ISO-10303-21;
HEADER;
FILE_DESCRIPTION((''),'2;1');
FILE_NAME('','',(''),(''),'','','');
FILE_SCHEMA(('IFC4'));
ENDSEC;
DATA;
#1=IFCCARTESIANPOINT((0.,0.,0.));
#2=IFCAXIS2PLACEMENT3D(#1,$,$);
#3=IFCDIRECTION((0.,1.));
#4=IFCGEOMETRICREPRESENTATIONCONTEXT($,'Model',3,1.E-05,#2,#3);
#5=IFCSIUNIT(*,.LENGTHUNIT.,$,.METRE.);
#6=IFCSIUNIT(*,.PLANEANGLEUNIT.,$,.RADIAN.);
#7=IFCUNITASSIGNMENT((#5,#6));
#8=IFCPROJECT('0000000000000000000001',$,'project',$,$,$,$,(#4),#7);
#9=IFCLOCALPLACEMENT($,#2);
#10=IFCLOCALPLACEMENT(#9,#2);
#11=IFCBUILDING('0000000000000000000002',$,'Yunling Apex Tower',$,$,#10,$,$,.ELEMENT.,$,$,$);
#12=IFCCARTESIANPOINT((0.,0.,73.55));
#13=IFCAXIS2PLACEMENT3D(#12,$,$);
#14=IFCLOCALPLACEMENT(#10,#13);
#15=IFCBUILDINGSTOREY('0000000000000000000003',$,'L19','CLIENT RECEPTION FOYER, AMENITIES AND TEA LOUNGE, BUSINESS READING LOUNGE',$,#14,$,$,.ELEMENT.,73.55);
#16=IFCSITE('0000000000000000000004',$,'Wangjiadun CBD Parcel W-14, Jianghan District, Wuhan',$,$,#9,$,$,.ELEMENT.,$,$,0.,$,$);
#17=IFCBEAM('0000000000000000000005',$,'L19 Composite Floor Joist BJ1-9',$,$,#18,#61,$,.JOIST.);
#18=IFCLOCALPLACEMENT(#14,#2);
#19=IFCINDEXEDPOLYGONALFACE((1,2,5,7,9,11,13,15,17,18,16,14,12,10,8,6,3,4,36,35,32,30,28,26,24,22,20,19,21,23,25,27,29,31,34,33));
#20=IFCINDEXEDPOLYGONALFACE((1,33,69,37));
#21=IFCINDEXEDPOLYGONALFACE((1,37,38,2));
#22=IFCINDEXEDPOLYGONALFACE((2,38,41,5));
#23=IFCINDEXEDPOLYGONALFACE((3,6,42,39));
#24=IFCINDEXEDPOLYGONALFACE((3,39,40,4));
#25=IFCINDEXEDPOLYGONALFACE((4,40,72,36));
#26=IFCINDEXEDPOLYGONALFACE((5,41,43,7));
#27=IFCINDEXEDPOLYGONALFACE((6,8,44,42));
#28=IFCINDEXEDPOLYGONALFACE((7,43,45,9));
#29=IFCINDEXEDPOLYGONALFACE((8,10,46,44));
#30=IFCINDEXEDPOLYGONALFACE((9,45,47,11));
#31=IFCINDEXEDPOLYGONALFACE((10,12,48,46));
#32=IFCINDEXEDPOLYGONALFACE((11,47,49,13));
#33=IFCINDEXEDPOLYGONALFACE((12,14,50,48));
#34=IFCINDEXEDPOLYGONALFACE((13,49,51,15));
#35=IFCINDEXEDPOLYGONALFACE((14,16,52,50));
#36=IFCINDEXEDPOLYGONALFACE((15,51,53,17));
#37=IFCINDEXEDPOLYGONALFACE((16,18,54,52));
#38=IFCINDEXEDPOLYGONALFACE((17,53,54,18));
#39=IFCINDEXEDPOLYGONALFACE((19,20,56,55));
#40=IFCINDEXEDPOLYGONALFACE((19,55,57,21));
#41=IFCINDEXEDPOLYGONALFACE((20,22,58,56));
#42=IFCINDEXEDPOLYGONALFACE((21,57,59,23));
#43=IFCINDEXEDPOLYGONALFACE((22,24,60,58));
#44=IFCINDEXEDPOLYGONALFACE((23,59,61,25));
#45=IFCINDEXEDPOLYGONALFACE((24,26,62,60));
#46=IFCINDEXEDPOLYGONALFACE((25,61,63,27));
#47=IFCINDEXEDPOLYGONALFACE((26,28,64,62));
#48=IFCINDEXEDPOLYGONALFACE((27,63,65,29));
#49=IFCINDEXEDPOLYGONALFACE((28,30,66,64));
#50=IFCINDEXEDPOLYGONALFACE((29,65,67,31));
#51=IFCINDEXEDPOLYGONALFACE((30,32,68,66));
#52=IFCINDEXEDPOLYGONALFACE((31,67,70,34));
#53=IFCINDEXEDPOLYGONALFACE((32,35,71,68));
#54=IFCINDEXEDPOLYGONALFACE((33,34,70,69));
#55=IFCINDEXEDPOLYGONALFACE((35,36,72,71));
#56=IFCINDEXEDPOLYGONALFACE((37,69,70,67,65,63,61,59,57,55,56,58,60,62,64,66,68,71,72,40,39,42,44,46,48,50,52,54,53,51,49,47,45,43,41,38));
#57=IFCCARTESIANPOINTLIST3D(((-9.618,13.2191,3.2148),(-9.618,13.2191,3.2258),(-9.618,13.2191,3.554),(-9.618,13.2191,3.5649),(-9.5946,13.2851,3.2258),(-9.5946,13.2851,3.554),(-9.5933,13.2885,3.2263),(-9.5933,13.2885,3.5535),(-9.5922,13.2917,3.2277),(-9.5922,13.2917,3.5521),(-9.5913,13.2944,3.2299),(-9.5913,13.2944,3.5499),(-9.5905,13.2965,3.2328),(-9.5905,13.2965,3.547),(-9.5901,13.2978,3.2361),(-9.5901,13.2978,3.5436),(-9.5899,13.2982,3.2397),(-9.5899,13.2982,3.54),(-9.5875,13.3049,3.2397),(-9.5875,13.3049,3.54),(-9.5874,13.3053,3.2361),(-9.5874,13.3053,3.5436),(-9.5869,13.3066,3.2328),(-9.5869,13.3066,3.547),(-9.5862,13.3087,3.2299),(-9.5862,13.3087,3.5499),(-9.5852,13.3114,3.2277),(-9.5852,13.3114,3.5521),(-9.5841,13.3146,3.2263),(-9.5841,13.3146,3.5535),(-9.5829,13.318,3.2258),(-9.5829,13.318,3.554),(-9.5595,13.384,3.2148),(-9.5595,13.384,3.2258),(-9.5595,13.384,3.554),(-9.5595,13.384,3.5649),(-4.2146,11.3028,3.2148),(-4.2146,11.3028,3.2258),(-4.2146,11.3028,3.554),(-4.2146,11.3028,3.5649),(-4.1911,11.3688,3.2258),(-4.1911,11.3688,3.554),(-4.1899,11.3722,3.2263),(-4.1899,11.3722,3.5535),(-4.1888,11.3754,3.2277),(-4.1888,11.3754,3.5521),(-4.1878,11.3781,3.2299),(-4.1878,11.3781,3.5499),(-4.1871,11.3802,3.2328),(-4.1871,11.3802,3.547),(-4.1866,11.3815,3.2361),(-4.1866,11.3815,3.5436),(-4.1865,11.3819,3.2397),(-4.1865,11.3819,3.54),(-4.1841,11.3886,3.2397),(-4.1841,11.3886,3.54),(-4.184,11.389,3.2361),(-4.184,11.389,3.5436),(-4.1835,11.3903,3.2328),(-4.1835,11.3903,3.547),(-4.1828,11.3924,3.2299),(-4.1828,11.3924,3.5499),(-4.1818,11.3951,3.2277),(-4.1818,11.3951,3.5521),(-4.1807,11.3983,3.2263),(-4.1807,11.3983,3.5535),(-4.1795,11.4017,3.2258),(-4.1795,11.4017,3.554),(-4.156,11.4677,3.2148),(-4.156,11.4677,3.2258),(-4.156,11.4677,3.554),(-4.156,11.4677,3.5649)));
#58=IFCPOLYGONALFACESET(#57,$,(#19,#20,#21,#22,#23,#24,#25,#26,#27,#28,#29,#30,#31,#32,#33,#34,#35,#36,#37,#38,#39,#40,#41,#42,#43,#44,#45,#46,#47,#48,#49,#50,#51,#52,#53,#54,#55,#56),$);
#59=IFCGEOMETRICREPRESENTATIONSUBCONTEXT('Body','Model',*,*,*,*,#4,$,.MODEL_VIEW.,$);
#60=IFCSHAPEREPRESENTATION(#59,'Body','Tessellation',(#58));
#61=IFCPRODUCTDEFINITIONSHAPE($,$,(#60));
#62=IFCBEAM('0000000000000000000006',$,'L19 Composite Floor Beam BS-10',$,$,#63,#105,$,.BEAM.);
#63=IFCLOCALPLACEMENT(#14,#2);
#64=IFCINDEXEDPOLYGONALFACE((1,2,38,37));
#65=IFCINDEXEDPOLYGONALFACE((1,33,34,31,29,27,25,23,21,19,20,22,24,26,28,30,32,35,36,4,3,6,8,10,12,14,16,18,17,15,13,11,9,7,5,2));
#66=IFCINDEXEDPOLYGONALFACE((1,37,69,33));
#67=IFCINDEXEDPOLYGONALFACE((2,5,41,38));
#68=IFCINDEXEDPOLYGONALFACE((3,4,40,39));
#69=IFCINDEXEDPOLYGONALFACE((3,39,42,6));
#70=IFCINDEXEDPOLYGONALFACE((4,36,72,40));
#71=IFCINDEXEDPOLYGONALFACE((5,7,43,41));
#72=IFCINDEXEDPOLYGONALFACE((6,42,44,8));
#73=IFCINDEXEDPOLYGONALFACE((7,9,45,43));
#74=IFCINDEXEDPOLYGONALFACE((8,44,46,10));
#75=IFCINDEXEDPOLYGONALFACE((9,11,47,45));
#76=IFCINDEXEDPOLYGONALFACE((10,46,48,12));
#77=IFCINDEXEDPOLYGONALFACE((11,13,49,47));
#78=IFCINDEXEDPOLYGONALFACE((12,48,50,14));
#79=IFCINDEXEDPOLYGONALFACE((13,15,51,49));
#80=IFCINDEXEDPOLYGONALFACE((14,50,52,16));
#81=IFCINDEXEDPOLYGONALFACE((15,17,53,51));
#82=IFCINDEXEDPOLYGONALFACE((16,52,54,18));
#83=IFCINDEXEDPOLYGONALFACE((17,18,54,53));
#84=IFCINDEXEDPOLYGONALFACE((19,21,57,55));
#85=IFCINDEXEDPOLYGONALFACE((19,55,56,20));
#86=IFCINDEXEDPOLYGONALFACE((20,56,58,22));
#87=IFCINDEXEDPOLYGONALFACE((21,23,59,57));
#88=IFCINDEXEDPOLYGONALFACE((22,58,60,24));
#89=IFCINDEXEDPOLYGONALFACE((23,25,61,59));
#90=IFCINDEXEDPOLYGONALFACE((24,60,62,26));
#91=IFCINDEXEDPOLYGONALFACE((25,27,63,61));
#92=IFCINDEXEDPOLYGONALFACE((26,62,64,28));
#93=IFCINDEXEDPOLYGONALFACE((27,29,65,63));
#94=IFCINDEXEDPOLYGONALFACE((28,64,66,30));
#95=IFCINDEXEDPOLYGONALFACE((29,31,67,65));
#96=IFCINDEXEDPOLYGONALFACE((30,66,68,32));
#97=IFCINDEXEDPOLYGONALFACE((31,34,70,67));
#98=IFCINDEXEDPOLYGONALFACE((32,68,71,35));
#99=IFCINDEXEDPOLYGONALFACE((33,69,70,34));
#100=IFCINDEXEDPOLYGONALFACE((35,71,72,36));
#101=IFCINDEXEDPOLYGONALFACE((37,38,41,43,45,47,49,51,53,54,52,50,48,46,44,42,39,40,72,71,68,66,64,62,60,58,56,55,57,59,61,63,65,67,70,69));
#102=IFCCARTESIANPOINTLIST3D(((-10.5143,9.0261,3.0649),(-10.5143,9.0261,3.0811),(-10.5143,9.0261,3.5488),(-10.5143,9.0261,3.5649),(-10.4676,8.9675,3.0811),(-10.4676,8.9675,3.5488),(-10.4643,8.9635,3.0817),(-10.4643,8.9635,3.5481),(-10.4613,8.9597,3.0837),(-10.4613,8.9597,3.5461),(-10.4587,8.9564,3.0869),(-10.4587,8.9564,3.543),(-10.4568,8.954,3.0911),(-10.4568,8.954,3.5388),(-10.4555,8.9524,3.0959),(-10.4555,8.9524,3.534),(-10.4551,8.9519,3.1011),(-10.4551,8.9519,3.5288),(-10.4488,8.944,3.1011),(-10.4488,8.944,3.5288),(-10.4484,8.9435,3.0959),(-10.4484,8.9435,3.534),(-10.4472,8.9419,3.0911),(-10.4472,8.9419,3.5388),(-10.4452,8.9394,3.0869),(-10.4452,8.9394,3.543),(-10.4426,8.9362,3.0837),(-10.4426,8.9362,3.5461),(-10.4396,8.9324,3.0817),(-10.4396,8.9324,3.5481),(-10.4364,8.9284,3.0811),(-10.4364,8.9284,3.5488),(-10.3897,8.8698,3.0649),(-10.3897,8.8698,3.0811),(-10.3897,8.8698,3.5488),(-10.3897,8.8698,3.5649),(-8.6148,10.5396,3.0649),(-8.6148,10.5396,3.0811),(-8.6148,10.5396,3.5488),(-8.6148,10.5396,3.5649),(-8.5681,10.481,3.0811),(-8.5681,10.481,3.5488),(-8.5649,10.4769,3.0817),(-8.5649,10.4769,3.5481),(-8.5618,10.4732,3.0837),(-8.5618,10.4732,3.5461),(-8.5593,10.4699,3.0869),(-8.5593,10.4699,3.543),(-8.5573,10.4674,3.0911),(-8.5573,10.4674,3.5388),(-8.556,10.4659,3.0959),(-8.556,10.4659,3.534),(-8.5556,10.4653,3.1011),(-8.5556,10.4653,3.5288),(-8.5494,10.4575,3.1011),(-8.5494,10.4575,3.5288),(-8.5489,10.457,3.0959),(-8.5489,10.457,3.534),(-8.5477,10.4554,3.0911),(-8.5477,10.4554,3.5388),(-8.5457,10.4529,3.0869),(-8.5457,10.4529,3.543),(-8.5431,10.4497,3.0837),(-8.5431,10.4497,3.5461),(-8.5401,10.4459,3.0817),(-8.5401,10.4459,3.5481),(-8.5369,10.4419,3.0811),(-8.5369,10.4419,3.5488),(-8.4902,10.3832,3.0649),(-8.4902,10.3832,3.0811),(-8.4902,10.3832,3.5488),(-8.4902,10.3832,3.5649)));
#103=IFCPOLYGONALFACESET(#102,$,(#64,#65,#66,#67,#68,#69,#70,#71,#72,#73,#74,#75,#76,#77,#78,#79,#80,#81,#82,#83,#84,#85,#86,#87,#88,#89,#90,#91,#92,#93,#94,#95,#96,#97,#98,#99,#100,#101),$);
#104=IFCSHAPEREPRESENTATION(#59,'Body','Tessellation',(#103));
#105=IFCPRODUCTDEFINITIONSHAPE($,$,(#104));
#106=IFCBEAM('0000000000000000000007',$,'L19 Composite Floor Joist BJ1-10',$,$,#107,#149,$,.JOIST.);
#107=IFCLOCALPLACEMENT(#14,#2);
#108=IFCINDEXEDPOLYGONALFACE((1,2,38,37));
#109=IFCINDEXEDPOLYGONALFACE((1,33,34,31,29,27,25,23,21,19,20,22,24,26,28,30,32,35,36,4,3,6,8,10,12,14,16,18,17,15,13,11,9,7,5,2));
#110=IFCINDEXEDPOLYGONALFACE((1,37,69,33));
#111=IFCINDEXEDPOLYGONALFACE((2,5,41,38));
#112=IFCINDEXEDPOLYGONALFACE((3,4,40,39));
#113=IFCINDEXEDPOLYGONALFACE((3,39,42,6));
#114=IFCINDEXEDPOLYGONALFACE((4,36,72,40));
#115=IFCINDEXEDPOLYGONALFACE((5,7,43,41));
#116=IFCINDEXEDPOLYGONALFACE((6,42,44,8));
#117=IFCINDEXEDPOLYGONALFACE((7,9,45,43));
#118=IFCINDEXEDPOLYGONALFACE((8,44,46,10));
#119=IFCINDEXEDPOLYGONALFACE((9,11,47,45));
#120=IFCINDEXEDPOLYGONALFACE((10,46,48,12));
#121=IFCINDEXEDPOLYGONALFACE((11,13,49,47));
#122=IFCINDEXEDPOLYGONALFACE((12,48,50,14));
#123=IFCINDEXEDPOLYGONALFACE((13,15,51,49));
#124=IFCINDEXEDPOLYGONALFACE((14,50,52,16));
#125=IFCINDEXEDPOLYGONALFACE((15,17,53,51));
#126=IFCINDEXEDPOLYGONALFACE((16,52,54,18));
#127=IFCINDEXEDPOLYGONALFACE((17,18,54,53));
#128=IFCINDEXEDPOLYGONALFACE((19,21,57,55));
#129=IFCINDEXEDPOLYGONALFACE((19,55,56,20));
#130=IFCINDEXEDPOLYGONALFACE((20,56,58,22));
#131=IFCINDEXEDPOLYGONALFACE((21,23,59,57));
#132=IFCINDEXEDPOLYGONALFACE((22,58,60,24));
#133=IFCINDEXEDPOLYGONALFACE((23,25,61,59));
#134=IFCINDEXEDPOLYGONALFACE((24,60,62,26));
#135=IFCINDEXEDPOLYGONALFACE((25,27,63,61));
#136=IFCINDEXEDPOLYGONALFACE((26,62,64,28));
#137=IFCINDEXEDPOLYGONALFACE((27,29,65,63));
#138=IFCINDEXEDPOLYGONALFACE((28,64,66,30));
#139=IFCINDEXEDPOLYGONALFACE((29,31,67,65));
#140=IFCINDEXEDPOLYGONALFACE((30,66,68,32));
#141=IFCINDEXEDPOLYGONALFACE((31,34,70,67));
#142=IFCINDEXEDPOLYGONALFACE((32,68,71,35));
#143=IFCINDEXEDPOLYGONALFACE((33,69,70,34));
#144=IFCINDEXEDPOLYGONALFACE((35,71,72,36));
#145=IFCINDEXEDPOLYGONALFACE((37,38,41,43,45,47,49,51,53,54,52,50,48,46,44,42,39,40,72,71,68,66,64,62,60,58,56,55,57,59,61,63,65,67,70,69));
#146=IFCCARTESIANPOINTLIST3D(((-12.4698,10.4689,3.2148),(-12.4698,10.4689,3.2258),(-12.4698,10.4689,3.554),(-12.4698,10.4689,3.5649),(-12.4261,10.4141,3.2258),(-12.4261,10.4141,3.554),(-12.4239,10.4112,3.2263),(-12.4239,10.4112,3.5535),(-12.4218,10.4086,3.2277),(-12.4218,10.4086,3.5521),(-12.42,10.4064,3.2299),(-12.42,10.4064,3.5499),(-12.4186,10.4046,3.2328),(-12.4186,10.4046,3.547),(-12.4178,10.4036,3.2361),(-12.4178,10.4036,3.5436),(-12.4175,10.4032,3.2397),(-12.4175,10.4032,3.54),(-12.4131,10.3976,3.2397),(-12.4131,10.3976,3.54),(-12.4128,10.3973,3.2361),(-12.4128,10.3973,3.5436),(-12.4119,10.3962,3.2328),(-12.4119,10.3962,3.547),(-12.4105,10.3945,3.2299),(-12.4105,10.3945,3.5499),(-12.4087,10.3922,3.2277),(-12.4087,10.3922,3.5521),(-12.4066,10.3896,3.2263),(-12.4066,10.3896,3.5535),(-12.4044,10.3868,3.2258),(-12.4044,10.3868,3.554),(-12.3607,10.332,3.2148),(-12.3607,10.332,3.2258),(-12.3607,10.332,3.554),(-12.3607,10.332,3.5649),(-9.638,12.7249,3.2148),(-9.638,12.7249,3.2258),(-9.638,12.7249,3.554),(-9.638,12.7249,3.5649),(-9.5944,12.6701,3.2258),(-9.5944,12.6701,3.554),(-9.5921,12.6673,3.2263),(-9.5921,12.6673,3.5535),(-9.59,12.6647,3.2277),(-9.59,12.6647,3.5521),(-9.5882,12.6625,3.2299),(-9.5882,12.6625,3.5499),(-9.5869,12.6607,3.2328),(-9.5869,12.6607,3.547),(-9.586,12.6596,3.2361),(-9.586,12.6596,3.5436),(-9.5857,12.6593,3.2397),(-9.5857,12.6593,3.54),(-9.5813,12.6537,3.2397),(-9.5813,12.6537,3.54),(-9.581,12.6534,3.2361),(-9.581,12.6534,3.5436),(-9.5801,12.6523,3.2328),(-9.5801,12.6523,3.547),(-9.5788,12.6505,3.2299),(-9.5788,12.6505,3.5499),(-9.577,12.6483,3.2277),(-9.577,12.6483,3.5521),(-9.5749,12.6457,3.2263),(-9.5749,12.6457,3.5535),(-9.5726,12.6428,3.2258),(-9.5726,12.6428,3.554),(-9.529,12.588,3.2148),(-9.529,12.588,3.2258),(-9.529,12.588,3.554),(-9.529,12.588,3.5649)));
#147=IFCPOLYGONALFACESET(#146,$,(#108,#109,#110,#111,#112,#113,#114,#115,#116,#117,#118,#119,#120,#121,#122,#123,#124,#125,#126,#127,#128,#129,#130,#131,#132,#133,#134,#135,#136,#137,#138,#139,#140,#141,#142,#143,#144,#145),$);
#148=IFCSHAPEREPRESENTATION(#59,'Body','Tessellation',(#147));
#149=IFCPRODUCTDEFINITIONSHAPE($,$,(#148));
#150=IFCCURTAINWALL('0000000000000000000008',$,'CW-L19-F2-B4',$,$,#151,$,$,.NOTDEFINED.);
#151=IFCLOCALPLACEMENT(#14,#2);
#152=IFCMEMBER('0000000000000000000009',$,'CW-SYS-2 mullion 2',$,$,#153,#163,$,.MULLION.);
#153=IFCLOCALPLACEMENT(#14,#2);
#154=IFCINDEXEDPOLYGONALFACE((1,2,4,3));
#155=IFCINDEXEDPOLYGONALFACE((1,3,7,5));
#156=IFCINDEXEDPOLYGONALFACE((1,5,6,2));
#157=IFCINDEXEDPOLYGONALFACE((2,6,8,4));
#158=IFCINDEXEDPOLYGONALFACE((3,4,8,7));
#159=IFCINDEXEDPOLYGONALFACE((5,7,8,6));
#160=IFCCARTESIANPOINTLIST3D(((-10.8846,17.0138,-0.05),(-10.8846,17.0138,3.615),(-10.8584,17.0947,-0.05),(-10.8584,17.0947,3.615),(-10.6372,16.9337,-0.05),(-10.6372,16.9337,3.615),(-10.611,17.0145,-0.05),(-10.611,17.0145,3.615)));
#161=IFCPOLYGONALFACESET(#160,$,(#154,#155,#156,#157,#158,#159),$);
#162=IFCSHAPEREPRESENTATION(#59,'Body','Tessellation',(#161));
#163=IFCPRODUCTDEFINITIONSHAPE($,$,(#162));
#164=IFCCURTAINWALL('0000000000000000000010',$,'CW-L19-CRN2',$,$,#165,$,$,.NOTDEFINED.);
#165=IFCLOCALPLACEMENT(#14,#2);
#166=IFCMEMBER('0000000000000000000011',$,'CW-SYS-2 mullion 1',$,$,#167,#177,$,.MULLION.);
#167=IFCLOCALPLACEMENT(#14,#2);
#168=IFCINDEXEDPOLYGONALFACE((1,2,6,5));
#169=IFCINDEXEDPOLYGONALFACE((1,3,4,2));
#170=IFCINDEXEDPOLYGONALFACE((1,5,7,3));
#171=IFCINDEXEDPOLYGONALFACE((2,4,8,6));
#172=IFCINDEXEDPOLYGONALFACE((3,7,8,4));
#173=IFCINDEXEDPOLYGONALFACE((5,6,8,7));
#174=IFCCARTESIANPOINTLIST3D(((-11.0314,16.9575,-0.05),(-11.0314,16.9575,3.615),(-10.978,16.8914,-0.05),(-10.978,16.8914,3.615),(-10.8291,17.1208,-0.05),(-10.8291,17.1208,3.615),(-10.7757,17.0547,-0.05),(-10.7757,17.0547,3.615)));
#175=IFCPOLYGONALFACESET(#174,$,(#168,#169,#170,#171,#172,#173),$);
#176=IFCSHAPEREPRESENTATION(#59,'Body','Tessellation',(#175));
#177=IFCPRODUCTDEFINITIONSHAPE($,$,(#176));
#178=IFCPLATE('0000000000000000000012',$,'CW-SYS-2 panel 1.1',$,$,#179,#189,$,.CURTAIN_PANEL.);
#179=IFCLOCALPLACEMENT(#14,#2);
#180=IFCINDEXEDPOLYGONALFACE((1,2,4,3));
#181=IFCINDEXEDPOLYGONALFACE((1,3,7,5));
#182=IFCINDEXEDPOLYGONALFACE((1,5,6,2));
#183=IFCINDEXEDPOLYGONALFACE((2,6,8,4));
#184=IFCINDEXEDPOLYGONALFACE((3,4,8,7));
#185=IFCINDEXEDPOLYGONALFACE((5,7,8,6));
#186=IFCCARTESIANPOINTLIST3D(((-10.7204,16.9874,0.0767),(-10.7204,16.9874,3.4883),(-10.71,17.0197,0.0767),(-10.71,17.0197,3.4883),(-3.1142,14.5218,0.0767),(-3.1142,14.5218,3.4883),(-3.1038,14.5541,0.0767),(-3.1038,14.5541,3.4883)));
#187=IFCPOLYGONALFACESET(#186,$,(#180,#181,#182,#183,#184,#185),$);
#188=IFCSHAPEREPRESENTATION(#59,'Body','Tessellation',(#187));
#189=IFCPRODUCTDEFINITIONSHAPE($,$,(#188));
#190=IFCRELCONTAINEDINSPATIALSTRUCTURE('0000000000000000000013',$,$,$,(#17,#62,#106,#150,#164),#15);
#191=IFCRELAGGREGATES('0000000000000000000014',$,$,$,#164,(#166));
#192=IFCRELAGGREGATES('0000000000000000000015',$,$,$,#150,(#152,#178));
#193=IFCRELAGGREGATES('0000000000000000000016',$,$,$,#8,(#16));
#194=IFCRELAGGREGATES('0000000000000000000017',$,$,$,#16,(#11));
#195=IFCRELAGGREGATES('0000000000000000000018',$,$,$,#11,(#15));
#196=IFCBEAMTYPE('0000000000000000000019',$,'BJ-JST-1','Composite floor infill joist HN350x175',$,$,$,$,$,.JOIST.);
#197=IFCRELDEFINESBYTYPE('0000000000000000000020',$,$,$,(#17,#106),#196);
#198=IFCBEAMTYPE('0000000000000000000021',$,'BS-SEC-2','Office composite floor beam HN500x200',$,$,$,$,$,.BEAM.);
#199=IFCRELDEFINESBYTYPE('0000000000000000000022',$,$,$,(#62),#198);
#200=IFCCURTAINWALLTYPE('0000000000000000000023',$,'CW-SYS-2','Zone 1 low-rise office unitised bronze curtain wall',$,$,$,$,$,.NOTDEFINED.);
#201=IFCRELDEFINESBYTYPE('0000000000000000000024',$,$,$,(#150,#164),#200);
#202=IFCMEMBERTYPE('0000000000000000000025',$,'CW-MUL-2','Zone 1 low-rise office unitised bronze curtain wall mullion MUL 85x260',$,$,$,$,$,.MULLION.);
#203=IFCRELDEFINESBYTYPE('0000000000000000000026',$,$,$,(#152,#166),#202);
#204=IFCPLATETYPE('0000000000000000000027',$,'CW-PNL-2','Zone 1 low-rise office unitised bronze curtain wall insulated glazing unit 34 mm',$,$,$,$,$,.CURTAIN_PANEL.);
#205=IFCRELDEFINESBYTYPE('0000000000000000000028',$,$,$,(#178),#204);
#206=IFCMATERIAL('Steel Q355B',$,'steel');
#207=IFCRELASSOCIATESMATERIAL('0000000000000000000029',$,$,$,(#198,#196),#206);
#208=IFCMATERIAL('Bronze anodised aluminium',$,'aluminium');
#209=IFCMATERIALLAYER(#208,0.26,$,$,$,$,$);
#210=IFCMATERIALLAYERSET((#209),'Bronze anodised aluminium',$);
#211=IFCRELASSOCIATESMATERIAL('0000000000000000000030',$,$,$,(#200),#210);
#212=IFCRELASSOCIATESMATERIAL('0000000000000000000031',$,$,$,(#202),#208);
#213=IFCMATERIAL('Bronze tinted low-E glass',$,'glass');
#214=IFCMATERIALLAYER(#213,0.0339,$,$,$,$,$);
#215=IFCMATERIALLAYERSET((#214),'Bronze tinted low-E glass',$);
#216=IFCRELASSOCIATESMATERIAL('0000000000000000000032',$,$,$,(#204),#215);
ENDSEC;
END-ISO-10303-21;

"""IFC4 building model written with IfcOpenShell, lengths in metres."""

from ifc_helpers import new_model, si_unit, direction, frame, origin, origin_2d, place, context, subcontext, project, spatial, rectangle, i_section, extrude, source, transform, mapped, material, layer, layer_set, material_profile, profile_set, type_object, element, aggregate, save


model = new_model("IFC4")

# Units and contexts
model_context = context("Model", 3, precision=1e-05, world=origin(), true_north=direction((0.0, 1.0)))
body_context = subcontext(model_context, "Body", "Model", "MODEL_VIEW")
ifc_project = project(units=[si_unit("LENGTHUNIT", "METRE"), si_unit("PLANEANGLEUNIT", "RADIAN")], contexts=[model_context])

# Site, building, storey
site_placement = place(None, origin())
site = spatial("IfcSite", under=ifc_project, at=site_placement, Name="Wangjiadun CBD Parcel W-14, Jianghan District, Wuhan", CompositionType="ELEMENT", RefElevation=0.0)
building_placement = place(site_placement, origin())
building = spatial("IfcBuilding", under=site, at=building_placement, Name="Yunling Apex Tower", CompositionType="ELEMENT")
storey_placement = place(building_placement, frame((0.0, 0.0, 73.55)))
storey = spatial("IfcBuildingStorey", under=building, at=storey_placement, Name="L19", Description="CLIENT RECEPTION FOYER, AMENITIES AND TEA LOUNGE, BUSINESS READING LOUNGE", CompositionType="ELEMENT", Elevation=73.55)

# Beams
ifc_material_1 = material(Name="Steel Q355B", Category="steel")
ifc_material_profile_1 = material_profile(ifc_material_1, i_section(OverallWidth=0.2, OverallDepth=0.5, WebThickness=0.01, FlangeThickness=0.0161, FilletRadius=0.02, at=origin_2d()))
ifc_profile_set_1 = profile_set([ifc_material_profile_1], Name="Steel Q355B")
beam_type_1 = type_object("IfcBeamType", Name="BS-SEC-2", Description="Office composite floor beam HN500x200", PredefinedType="BEAM", material=ifc_profile_set_1)
ifc_material_profile_2 = material_profile(ifc_material_1, i_section(OverallWidth=0.175, OverallDepth=0.3501, WebThickness=0.0071, FlangeThickness=0.011, FilletRadius=0.0139, at=origin_2d()))
ifc_profile_set_2 = profile_set([ifc_material_profile_2], Name="Steel Q355B")
beam_type_2 = type_object("IfcBeamType", Name="BJ-JST-1", Description="Composite floor infill joist HN350x175", PredefinedType="JOIST", material=ifc_profile_set_2)
shared_shape_1 = source(origin(), body_context, "Body", "SweptSolid", [
    extrude(i_section(OverallWidth=0.175, OverallDepth=0.3501, WebThickness=0.0071, FlangeThickness=0.011, FilletRadius=0.0139, at=origin_2d()), origin(), (0.0, 0.0, 1.0), 5.7332),
])
beam_1_placement = place(storey_placement, frame((-4.1853, 11.3853, 3.3899), z_axis=(-0.942485, 0.334248, 0.0), x_axis=(-0.334248, -0.942485, 0.0)))
element("IfcBeam", 1, at=beam_1_placement, inside=storey, type_object=beam_type_2, Name="L19 Composite Floor Joist BJ1-9", PredefinedType="JOIST", context=body_context, shape_type="MappedRepresentation", body=[
    mapped(shared_shape_1, transform((0.0, 0.0, 0.0), scale=1.0)),
])
shared_shape_2 = source(origin(), body_context, "Body", "SweptSolid", [
    extrude(i_section(OverallWidth=0.2, OverallDepth=0.5, WebThickness=0.01, FlangeThickness=0.0161, FilletRadius=0.02, at=origin_2d()), origin(), (0.0, 0.0, 1.0), 2.4287),
])
beam_2_placement = place(storey_placement, frame((-8.5525, 10.4614, 3.3149), z_axis=(-0.782093, -0.623161, 0.0), x_axis=(0.623161, -0.782093, 0.0)))
element("IfcBeam", 2, at=beam_2_placement, inside=storey, type_object=beam_type_1, Name="L19 Composite Floor Beam BS-10", PredefinedType="BEAM", context=body_context, shape_type="MappedRepresentation", body=[
    mapped(shared_shape_2, transform((0.0, 0.0, 0.0), scale=1.0)),
])
shared_shape_3 = source(origin(), body_context, "Body", "SweptSolid", [
    extrude(i_section(OverallWidth=0.175, OverallDepth=0.3501, WebThickness=0.0071, FlangeThickness=0.011, FilletRadius=0.0139, at=origin_2d()), origin(), (0.0, 0.0, 1.0), 3.6206),
])
beam_3_placement = place(storey_placement, frame((-9.5835, 12.6565, 3.3899), z_axis=(-0.782124, -0.623123, 0.0), x_axis=(0.623123, -0.782124, 0.0)))
element("IfcBeam", 3, at=beam_3_placement, inside=storey, type_object=beam_type_2, Name="L19 Composite Floor Joist BJ1-10", PredefinedType="JOIST", context=body_context, shape_type="MappedRepresentation", body=[
    mapped(shared_shape_3, transform((0.0, 0.0, 0.0), scale=1.0)),
])

# Curtain walls, members
ifc_material_2 = material(Name="Bronze anodised aluminium", Category="aluminium")
ifc_layer_1 = layer(ifc_material_2, 0.26)
ifc_layer_set_1 = layer_set([ifc_layer_1], Name="Bronze anodised aluminium")
curtain_wall_type = type_object("IfcCurtainWallType", Name="CW-SYS-2", Description="Zone 1 low-rise office unitised bronze curtain wall", PredefinedType="NOTDEFINED", material=ifc_layer_set_1)
curtain_wall_1_placement = place(storey_placement, origin())
curtain_wall_1 = element("IfcCurtainWall", 4, at=curtain_wall_1_placement, inside=storey, type_object=curtain_wall_type, Name="CW-L19-F2-B4", PredefinedType="NOTDEFINED")
ifc_material_profile_3 = material_profile(ifc_material_2, rectangle(XDim=0.085, YDim=0.26, at=origin_2d()))
ifc_profile_set_3 = profile_set([ifc_material_profile_3], Name="Bronze anodised aluminium")
member_type = type_object("IfcMemberType", Name="CW-MUL-2", Description="Zone 1 low-rise office unitised bronze curtain wall mullion MUL 85x260", PredefinedType="MULLION", material=ifc_profile_set_3)
shared_shape_4 = source(origin(), body_context, "Body", "SweptSolid", [
    extrude(rectangle(XDim=0.085, YDim=0.26, at=origin_2d()), origin(), (0.0, 0.0, 1.0), 3.665),
])
member_1_placement = place(storey_placement, frame((-10.7478, 17.0142, -0.05), z_axis=(0.0, 0.0, 1.0), x_axis=(-0.308357, -0.951271, 0.0)))
member_1 = element("IfcMember", 5, at=member_1_placement, type_object=member_type, Name="CW-SYS-2 mullion 2", PredefinedType="MULLION", context=body_context, shape_type="MappedRepresentation", body=[
    mapped(shared_shape_4, transform((0.0, 0.0, 0.0), scale=1.0)),
])
curtain_wall_2_placement = place(storey_placement, origin())
curtain_wall_2 = element("IfcCurtainWall", 6, at=curtain_wall_2_placement, inside=storey, type_object=curtain_wall_type, Name="CW-L19-CRN2", PredefinedType="NOTDEFINED")
member_2_placement = place(storey_placement, frame((-10.9036, 17.0061, -0.05), z_axis=(0.0, 0.0, 1.0), x_axis=(0.62808, -0.778149, 0.0)))
member_2 = element("IfcMember", 7, at=member_2_placement, type_object=member_type, Name="CW-SYS-2 mullion 1", PredefinedType="MULLION", context=body_context, shape_type="MappedRepresentation", body=[
    mapped(shared_shape_4, transform((0.0, 0.0, 0.0), scale=1.0)),
])
aggregate(curtain_wall_2, [member_2])

# Plate
ifc_material_3 = material(Name="Bronze tinted low-E glass", Category="glass")
ifc_layer_2 = layer(ifc_material_3, 0.0339)
ifc_layer_set_2 = layer_set([ifc_layer_2], Name="Bronze tinted low-E glass")
plate_type = type_object("IfcPlateType", Name="CW-PNL-2", Description="Zone 1 low-rise office unitised bronze curtain wall insulated glazing unit 34 mm", PredefinedType="CURTAIN_PANEL", material=ifc_layer_set_2)
shared_shape_5 = source(origin(), body_context, "Body", "SweptSolid", [
    extrude(rectangle(XDim=7.9958, YDim=0.0339, at=origin_2d()), origin(), (0.0, 0.0, 1.0), 3.4116),
])
plate_placement = place(storey_placement, frame((-6.9121, 15.7708, 0.0767), z_axis=(0.0, 0.0, 1.0), x_axis=(-0.951271, 0.308357, 0.0)))
plate = element("IfcPlate", 8, at=plate_placement, type_object=plate_type, Name="CW-SYS-2 panel 1.1", PredefinedType="CURTAIN_PANEL", context=body_context, shape_type="MappedRepresentation", body=[
    mapped(shared_shape_5, transform((0.0, 0.0, 0.0), scale=1.0)),
])
aggregate(curtain_wall_1, [member_1, plate])

save(model, "model.ifc")
